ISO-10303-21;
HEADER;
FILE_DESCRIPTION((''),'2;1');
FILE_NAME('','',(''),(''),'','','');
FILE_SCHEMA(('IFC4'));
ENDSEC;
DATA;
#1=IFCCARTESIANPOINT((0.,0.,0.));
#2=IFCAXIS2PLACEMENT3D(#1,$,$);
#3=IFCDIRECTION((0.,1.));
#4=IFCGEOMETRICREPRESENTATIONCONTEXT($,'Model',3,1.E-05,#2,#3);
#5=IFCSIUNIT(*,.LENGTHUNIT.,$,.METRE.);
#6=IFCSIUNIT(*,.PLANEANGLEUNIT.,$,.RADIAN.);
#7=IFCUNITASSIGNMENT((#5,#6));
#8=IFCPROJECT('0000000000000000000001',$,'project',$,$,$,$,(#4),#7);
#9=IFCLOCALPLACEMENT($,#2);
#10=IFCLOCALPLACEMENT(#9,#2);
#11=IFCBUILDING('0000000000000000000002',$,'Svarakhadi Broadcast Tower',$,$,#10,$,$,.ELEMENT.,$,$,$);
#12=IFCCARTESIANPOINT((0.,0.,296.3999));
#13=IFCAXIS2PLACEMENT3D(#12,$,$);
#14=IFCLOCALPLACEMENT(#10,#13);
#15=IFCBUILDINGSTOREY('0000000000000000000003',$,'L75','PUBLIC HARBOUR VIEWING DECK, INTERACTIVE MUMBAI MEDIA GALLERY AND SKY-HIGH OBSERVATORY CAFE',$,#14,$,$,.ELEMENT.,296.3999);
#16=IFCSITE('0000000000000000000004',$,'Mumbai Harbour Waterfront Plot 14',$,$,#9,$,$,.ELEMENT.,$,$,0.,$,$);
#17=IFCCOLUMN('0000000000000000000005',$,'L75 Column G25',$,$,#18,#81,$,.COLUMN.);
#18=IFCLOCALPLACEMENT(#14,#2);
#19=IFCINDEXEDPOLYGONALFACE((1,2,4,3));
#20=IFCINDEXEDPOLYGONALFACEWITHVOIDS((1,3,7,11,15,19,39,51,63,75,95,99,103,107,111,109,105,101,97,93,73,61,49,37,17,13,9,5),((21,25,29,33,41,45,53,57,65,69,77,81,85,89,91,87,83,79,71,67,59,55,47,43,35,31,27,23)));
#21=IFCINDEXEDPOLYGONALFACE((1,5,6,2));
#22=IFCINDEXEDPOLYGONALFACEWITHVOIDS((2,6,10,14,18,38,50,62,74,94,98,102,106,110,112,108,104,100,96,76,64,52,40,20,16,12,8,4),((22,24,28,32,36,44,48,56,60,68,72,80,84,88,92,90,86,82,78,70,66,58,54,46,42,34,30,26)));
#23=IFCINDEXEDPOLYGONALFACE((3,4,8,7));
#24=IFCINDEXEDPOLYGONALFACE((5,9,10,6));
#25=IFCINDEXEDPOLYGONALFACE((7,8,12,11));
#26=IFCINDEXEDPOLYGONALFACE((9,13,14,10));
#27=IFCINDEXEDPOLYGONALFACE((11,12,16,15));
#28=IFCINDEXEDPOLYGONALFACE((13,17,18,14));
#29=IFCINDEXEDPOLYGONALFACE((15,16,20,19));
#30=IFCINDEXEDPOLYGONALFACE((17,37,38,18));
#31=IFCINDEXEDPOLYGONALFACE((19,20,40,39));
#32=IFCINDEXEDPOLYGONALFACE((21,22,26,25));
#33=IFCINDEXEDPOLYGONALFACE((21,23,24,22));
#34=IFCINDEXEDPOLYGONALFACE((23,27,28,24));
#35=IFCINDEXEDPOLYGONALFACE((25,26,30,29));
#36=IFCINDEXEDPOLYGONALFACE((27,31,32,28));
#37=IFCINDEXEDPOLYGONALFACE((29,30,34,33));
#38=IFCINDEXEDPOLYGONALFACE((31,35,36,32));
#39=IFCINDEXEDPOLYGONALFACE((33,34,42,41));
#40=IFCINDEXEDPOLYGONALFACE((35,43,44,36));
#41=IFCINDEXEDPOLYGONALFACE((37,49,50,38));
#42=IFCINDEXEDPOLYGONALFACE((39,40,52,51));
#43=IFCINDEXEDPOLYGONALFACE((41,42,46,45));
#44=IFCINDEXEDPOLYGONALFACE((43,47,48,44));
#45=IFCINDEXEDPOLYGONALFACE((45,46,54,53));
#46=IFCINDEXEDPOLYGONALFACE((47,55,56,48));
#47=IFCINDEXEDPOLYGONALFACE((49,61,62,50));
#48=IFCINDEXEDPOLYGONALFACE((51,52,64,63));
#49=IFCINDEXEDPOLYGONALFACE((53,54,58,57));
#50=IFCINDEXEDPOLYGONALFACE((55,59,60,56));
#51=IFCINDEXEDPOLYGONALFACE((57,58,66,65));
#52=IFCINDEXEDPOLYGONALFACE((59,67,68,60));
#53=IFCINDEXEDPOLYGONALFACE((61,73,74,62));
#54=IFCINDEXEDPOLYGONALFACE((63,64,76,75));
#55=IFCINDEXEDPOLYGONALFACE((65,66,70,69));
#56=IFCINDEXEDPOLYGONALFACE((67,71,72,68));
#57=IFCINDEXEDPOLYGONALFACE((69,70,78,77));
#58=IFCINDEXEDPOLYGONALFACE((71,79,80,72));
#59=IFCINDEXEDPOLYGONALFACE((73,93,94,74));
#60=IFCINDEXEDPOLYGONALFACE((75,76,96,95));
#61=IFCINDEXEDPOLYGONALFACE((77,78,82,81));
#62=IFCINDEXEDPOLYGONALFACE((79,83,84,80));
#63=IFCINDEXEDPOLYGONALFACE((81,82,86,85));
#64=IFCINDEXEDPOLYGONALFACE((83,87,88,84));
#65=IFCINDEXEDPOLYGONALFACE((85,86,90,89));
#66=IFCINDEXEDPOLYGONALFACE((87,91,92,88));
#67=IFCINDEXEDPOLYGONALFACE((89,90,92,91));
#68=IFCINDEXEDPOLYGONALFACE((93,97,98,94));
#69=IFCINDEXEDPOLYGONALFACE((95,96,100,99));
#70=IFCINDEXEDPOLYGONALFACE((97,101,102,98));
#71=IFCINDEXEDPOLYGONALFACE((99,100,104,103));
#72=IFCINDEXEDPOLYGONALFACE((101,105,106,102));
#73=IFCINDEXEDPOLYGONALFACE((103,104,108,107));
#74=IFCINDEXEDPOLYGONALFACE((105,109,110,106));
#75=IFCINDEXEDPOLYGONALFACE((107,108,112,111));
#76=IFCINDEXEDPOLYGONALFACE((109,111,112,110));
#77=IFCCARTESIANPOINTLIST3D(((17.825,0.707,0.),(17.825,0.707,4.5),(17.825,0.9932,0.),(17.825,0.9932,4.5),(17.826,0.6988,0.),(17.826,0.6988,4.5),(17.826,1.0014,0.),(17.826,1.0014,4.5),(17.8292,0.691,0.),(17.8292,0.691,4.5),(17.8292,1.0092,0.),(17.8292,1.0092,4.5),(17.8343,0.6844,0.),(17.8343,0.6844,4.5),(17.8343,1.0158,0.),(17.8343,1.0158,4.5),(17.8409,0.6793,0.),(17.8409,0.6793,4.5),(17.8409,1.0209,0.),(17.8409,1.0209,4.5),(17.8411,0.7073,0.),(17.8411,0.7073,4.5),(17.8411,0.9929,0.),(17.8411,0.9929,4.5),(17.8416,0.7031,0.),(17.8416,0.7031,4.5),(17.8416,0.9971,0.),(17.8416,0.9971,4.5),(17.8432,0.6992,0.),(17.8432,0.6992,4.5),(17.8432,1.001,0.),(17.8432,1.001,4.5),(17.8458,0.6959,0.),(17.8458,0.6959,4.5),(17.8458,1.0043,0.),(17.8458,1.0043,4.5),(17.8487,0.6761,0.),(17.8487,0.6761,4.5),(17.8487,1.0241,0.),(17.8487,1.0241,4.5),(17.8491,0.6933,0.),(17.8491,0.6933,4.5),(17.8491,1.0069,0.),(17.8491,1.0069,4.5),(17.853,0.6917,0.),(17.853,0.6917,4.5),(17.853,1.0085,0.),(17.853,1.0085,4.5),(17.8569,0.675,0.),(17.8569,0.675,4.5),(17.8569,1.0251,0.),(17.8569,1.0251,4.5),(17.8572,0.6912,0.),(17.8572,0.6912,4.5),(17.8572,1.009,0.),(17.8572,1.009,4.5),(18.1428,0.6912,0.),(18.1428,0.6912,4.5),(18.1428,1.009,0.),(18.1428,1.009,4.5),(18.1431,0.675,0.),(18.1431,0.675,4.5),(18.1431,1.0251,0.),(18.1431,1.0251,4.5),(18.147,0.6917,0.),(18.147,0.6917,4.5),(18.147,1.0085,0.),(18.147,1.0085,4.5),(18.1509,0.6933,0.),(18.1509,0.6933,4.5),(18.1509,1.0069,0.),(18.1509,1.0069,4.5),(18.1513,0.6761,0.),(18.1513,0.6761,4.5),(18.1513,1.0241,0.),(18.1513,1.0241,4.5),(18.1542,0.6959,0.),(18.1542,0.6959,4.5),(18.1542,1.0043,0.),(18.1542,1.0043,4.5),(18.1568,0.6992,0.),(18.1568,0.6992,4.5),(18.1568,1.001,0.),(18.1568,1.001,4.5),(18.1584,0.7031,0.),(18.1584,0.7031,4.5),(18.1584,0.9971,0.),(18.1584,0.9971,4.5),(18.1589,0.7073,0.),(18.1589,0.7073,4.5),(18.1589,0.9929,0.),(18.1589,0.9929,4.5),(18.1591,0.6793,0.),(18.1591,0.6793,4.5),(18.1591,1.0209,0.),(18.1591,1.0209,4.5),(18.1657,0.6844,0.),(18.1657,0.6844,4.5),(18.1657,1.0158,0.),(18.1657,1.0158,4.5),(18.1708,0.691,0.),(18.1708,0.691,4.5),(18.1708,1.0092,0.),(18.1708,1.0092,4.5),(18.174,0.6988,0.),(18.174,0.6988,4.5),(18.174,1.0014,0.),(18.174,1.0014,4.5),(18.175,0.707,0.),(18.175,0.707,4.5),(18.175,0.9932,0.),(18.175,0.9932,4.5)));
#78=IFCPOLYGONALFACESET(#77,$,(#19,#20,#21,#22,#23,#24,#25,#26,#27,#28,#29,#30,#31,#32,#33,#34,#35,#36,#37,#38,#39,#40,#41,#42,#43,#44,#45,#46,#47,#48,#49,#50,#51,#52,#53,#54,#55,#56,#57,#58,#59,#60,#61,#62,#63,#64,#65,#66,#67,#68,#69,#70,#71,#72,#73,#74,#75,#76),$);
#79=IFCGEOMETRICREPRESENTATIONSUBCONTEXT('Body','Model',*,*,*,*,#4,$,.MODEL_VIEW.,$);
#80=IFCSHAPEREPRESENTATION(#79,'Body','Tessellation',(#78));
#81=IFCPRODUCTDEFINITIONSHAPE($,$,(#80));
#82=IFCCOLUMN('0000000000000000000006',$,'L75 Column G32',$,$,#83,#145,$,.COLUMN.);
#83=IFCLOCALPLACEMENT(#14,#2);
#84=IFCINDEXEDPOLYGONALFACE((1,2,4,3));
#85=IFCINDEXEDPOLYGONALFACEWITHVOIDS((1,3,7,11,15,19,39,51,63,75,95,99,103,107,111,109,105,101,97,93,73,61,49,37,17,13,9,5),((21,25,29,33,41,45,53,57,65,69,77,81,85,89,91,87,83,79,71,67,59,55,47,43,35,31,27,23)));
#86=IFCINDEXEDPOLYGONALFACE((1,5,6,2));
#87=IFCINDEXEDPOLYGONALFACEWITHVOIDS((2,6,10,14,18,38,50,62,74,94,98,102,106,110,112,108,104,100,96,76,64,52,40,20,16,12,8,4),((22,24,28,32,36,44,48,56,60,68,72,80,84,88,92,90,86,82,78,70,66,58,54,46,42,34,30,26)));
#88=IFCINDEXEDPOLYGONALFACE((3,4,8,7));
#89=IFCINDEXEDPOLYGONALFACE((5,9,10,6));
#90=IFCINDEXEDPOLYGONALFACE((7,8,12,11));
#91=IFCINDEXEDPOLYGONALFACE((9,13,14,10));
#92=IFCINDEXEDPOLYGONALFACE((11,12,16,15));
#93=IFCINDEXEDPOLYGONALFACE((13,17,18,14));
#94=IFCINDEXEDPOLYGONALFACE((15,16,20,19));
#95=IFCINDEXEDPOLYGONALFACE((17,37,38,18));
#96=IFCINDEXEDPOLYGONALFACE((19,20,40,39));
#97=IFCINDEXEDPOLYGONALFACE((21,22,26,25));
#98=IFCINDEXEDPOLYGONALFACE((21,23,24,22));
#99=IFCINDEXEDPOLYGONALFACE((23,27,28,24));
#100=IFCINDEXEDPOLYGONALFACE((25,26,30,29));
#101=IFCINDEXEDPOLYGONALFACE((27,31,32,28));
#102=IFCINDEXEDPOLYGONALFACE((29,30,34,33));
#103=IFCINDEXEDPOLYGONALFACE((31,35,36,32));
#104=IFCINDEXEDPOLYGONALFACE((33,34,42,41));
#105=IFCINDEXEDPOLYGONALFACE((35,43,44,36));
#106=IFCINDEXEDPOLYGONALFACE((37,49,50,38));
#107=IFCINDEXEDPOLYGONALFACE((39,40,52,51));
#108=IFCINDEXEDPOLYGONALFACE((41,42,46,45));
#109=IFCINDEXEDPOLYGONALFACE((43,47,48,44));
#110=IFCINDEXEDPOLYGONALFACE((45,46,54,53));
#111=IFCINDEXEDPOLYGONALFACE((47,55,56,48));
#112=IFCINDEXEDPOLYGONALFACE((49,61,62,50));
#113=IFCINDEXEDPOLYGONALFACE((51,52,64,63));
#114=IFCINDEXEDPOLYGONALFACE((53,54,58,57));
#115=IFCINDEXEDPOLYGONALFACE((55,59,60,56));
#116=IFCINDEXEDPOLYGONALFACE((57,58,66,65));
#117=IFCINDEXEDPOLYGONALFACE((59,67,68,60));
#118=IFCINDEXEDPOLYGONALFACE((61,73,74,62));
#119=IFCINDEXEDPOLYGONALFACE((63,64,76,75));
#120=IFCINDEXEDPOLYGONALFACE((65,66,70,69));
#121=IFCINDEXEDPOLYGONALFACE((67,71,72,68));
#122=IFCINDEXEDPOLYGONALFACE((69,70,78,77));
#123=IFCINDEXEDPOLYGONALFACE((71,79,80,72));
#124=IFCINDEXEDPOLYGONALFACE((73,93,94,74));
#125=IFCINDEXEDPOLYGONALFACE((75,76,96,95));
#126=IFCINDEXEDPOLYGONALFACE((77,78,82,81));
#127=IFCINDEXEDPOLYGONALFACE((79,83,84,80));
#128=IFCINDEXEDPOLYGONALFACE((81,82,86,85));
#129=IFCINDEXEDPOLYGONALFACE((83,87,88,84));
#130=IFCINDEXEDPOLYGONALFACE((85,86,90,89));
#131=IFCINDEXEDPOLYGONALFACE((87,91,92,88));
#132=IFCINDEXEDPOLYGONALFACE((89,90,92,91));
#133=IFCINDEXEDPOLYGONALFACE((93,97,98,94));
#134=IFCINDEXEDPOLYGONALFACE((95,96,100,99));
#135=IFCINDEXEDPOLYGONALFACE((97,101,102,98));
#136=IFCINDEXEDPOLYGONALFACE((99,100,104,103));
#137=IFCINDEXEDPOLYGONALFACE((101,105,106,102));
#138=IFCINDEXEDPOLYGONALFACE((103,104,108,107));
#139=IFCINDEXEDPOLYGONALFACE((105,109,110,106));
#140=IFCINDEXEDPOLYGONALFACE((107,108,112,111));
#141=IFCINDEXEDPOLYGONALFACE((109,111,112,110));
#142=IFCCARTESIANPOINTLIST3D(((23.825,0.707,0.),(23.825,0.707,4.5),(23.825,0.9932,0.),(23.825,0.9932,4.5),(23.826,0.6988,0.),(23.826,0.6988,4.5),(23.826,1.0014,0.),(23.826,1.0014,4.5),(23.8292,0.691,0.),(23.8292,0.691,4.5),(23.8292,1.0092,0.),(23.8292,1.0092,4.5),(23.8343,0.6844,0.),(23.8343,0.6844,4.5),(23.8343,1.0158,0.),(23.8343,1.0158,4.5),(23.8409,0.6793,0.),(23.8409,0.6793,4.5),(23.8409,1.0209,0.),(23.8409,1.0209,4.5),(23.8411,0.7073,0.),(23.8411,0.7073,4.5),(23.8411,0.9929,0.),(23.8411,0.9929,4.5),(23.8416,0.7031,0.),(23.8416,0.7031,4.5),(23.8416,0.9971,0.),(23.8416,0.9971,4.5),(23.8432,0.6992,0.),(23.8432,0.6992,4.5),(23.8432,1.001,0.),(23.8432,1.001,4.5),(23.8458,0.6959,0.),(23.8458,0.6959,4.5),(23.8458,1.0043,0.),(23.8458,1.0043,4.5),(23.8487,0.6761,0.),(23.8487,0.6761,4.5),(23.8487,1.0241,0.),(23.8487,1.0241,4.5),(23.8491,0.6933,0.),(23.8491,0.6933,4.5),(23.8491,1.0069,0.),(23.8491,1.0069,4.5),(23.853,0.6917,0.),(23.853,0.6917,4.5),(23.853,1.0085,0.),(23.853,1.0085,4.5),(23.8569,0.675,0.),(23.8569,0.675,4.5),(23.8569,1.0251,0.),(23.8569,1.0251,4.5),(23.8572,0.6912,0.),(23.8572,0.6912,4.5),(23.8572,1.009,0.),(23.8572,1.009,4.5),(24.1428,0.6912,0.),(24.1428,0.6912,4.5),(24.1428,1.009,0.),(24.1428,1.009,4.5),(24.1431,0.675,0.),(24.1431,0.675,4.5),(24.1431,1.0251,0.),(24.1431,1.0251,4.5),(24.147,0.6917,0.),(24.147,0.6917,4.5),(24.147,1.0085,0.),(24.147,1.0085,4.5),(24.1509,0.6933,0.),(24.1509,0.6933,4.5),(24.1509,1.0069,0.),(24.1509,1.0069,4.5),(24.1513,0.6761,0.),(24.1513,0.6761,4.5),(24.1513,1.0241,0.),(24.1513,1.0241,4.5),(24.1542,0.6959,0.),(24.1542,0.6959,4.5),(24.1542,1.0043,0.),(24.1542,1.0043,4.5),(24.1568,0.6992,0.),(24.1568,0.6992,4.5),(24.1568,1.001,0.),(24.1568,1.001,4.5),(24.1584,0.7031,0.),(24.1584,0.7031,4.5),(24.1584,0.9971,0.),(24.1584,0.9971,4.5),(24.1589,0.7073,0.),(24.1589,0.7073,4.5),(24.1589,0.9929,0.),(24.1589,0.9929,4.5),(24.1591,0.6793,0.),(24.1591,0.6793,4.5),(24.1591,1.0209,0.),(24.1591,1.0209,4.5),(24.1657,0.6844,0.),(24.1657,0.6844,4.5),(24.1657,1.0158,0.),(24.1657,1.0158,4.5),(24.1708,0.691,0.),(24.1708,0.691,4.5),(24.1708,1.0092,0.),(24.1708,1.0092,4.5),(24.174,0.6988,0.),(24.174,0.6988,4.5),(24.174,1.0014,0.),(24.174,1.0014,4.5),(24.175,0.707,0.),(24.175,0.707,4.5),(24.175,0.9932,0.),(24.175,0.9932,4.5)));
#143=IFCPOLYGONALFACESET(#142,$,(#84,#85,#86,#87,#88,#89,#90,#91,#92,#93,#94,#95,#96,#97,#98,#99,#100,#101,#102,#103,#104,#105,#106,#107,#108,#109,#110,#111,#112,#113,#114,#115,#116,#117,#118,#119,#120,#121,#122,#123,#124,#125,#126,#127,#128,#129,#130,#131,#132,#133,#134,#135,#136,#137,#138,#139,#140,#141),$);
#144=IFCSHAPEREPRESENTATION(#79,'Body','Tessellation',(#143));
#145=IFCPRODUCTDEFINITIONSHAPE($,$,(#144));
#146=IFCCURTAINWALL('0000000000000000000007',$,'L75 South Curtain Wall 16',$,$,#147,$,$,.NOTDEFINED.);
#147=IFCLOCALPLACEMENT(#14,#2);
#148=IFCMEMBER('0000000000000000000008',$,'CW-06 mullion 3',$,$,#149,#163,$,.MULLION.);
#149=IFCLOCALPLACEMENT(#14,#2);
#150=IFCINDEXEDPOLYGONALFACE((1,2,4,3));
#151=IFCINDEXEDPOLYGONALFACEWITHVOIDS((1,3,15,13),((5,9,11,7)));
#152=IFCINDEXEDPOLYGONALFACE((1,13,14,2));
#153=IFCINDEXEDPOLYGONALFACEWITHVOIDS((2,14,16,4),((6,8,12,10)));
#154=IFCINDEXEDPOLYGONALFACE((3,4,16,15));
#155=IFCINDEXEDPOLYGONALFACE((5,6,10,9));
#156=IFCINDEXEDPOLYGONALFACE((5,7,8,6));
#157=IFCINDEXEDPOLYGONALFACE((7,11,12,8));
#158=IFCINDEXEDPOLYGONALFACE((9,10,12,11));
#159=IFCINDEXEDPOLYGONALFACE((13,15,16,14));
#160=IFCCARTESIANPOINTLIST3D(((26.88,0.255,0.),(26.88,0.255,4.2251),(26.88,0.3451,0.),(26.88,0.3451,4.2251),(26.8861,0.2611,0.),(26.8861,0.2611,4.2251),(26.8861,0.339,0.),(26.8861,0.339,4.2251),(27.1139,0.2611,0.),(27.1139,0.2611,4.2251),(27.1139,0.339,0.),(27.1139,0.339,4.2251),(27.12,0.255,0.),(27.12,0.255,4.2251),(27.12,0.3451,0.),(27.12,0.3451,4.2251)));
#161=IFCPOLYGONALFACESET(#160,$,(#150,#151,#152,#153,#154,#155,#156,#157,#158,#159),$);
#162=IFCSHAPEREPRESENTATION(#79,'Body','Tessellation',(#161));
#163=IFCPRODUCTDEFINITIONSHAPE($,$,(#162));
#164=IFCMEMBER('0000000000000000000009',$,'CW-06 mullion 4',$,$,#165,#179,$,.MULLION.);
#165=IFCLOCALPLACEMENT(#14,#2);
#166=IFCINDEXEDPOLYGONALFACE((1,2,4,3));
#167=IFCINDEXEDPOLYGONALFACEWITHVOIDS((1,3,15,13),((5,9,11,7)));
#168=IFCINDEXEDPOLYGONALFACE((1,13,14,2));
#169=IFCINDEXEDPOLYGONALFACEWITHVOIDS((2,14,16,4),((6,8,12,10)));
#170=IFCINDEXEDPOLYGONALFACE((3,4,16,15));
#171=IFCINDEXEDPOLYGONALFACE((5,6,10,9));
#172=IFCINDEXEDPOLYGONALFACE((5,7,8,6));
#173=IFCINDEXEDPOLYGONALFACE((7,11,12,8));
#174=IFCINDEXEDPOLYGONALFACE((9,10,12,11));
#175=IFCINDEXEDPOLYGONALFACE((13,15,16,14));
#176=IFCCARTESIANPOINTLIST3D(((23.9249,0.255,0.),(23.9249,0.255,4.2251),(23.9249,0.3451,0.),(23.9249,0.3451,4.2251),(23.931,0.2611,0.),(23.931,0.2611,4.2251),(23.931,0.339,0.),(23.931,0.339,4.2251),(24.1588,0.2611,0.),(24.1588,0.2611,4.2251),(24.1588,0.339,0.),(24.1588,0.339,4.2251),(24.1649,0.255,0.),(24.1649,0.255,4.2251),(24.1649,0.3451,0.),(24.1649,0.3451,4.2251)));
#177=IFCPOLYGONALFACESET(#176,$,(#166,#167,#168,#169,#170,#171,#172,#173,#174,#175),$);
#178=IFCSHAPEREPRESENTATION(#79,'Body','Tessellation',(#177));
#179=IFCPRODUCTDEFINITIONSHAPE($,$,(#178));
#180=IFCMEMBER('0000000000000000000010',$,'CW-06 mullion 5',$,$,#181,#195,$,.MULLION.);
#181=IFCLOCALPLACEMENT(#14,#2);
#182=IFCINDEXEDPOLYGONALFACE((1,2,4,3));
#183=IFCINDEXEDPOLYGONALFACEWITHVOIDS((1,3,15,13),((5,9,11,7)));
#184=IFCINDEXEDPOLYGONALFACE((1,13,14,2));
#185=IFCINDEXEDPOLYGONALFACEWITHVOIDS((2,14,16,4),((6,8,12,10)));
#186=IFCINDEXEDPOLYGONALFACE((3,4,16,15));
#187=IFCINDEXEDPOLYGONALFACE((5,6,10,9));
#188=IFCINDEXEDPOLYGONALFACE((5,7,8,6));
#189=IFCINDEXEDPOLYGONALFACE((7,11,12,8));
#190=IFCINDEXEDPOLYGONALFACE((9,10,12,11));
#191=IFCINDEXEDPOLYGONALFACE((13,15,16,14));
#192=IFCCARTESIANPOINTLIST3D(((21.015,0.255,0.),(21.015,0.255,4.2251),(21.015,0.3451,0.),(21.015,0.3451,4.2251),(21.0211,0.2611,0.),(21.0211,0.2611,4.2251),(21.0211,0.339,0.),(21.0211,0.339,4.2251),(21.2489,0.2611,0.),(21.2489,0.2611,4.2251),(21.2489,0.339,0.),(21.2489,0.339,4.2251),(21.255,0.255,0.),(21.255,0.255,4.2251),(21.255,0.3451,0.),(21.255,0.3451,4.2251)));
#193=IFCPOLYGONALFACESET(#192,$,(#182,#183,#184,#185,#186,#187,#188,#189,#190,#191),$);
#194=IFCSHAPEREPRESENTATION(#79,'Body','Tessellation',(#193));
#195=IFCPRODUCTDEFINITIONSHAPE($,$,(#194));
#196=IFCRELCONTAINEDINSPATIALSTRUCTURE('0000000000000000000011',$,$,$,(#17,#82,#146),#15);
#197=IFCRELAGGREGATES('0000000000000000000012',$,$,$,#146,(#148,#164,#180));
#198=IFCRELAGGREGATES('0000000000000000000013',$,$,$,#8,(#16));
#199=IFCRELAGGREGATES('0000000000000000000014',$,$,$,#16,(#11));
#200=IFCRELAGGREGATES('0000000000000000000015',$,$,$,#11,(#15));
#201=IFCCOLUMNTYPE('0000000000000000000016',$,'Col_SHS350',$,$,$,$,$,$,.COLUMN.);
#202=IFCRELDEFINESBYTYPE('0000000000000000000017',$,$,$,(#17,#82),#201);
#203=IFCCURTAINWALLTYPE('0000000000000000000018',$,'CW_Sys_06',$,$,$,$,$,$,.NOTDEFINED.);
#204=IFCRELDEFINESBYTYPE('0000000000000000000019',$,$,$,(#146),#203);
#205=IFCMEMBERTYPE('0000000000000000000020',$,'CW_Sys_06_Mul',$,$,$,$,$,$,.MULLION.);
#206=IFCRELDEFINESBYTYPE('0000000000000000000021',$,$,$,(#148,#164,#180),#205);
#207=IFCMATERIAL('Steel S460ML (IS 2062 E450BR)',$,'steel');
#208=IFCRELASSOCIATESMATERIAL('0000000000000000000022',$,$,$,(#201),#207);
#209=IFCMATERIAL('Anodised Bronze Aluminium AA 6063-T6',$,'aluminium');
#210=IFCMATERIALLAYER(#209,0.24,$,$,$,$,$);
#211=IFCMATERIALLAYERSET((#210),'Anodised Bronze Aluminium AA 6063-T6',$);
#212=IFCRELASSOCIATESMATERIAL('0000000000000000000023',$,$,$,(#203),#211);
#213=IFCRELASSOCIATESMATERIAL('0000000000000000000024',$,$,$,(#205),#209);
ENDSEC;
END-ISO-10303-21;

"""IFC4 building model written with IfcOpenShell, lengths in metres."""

from ifc_helpers import new_model, si_unit, direction, frame, origin, origin_2d, place, context, subcontext, project, spatial, hollow_rectangle, extrude, material, layer, layer_set, material_profile, profile_set, type_object, element, aggregate, save


model = new_model("IFC4")

# Units and contexts
model_context = context("Model", 3, precision=1e-05, world=origin(), true_north=direction((0.0, 1.0)))
body_context = subcontext(model_context, "Body", "Model", "MODEL_VIEW")
ifc_project = project(units=[si_unit("LENGTHUNIT", "METRE"), si_unit("PLANEANGLEUNIT", "RADIAN")], contexts=[model_context])

# Site, building, storey
site_placement = place(None, origin())
site = spatial("IfcSite", under=ifc_project, at=site_placement, Name="Mumbai Harbour Waterfront Plot 14", CompositionType="ELEMENT", RefElevation=0.0)
building_placement = place(site_placement, origin())
building = spatial("IfcBuilding", under=site, at=building_placement, Name="Svarakhadi Broadcast Tower", CompositionType="ELEMENT")
storey_placement = place(building_placement, frame((0.0, 0.0, 296.3999)))
storey = spatial("IfcBuildingStorey", under=building, at=storey_placement, Name="L75", Description="PUBLIC HARBOUR VIEWING DECK, INTERACTIVE MUMBAI MEDIA GALLERY AND SKY-HIGH OBSERVATORY CAFE", CompositionType="ELEMENT", Elevation=296.3999)

# Columns
ifc_material_1 = material(Name="Steel S460ML (IS 2062 E450BR)", Category="steel")
ifc_material_profile_1 = material_profile(ifc_material_1, hollow_rectangle(XDim=0.3501, YDim=0.3501, WallThickness=0.0161, InnerFilletRadius=0.0161, OuterFilletRadius=0.032, at=origin_2d()), Name="SHS 350x350x16")
ifc_profile_set_1 = profile_set([ifc_material_profile_1], Name="Steel S460ML (IS 2062 E450BR)")
column_type = type_object("IfcColumnType", Name="Col_SHS350", PredefinedType="COLUMN", material=ifc_profile_set_1)
for number, where, z_axis, x_axis, name in (
    (1, (18.0, 0.8501, 0.0), (0.0, 0.0, 1.0), (1.0, 0.0, 0.0), "L75 Column G25"),
    (2, (24.0, 0.8501, 0.0), (0.0, 0.0, 1.0), (1.0, 0.0, 0.0), "L75 Column G32"),
):
    element("IfcColumn", number, at=place(storey_placement, frame(where, z_axis=z_axis, x_axis=x_axis)), inside=storey, type_object=column_type, Name=name, PredefinedType="COLUMN", context=body_context, shape_type="SweptSolid", body=[
        extrude(hollow_rectangle(XDim=0.3501, YDim=0.3501, WallThickness=0.0161, InnerFilletRadius=0.0161, OuterFilletRadius=0.032, at=origin_2d()), origin(), (0.0, 0.0, 1.0), 4.5),
    ])

# Curtain wall, members
ifc_material_2 = material(Name="Anodised Bronze Aluminium AA 6063-T6", Category="aluminium")
ifc_layer_1 = layer(ifc_material_2, 0.24)
ifc_layer_set_1 = layer_set([ifc_layer_1], Name="Anodised Bronze Aluminium AA 6063-T6")
curtain_wall_type = type_object("IfcCurtainWallType", Name="CW_Sys_06", PredefinedType="NOTDEFINED", material=ifc_layer_set_1)
curtain_wall_placement = place(storey_placement, origin())
curtain_wall = element("IfcCurtainWall", 3, at=curtain_wall_placement, inside=storey, type_object=curtain_wall_type, Name="L75 South Curtain Wall 16", PredefinedType="NOTDEFINED")
ifc_material_profile_2 = material_profile(ifc_material_2, hollow_rectangle(XDim=0.0901, YDim=0.24, WallThickness=0.0061, at=origin_2d()), Name="ALU MULLION 240x90x6")
ifc_profile_set_2 = profile_set([ifc_material_profile_2], Name="Anodised Bronze Aluminium AA 6063-T6")
member_type_1 = type_object("IfcMemberType", Name="CW_Sys_06_Mul", PredefinedType="MULLION", material=ifc_profile_set_2)
member_1_placement = place(storey_placement, frame((27.0, 0.3, 0.0), z_axis=(0.0, 0.0, 1.0), x_axis=(0.0, -1.0, 0.0)))
member_1 = element("IfcMember", 4, at=member_1_placement, type_object=member_type_1, Name="CW-06 mullion 3", PredefinedType="MULLION", context=body_context, shape_type="SweptSolid", body=[
    extrude(hollow_rectangle(XDim=0.0901, YDim=0.24, WallThickness=0.0061, at=origin_2d()), origin(), (0.0, 0.0, 1.0), 4.2251),
])
member_2_placement = place(storey_placement, frame((24.0449, 0.3, 0.0), z_axis=(0.0, 0.0, 1.0), x_axis=(0.0, -1.0, 0.0)))
member_2 = element("IfcMember", 5, at=member_2_placement, type_object=member_type_1, Name="CW-06 mullion 4", PredefinedType="MULLION", context=body_context, shape_type="SweptSolid", body=[
    extrude(hollow_rectangle(XDim=0.0901, YDim=0.24, WallThickness=0.0061, at=origin_2d()), origin(), (0.0, 0.0, 1.0), 4.2251),
])
member_3_placement = place(storey_placement, frame((21.135, 0.3, 0.0), z_axis=(0.0, 0.0, 1.0), x_axis=(0.0, -1.0, 0.0)))
member_3 = element("IfcMember", 6, at=member_3_placement, type_object=member_type_1, Name="CW-06 mullion 5", PredefinedType="MULLION", context=body_context, shape_type="SweptSolid", body=[
    extrude(hollow_rectangle(XDim=0.0901, YDim=0.24, WallThickness=0.0061, at=origin_2d()), origin(), (0.0, 0.0, 1.0), 4.2251),
])

aggregate(curtain_wall, [member_1, member_2, member_3])

save(model, "model.ifc")
